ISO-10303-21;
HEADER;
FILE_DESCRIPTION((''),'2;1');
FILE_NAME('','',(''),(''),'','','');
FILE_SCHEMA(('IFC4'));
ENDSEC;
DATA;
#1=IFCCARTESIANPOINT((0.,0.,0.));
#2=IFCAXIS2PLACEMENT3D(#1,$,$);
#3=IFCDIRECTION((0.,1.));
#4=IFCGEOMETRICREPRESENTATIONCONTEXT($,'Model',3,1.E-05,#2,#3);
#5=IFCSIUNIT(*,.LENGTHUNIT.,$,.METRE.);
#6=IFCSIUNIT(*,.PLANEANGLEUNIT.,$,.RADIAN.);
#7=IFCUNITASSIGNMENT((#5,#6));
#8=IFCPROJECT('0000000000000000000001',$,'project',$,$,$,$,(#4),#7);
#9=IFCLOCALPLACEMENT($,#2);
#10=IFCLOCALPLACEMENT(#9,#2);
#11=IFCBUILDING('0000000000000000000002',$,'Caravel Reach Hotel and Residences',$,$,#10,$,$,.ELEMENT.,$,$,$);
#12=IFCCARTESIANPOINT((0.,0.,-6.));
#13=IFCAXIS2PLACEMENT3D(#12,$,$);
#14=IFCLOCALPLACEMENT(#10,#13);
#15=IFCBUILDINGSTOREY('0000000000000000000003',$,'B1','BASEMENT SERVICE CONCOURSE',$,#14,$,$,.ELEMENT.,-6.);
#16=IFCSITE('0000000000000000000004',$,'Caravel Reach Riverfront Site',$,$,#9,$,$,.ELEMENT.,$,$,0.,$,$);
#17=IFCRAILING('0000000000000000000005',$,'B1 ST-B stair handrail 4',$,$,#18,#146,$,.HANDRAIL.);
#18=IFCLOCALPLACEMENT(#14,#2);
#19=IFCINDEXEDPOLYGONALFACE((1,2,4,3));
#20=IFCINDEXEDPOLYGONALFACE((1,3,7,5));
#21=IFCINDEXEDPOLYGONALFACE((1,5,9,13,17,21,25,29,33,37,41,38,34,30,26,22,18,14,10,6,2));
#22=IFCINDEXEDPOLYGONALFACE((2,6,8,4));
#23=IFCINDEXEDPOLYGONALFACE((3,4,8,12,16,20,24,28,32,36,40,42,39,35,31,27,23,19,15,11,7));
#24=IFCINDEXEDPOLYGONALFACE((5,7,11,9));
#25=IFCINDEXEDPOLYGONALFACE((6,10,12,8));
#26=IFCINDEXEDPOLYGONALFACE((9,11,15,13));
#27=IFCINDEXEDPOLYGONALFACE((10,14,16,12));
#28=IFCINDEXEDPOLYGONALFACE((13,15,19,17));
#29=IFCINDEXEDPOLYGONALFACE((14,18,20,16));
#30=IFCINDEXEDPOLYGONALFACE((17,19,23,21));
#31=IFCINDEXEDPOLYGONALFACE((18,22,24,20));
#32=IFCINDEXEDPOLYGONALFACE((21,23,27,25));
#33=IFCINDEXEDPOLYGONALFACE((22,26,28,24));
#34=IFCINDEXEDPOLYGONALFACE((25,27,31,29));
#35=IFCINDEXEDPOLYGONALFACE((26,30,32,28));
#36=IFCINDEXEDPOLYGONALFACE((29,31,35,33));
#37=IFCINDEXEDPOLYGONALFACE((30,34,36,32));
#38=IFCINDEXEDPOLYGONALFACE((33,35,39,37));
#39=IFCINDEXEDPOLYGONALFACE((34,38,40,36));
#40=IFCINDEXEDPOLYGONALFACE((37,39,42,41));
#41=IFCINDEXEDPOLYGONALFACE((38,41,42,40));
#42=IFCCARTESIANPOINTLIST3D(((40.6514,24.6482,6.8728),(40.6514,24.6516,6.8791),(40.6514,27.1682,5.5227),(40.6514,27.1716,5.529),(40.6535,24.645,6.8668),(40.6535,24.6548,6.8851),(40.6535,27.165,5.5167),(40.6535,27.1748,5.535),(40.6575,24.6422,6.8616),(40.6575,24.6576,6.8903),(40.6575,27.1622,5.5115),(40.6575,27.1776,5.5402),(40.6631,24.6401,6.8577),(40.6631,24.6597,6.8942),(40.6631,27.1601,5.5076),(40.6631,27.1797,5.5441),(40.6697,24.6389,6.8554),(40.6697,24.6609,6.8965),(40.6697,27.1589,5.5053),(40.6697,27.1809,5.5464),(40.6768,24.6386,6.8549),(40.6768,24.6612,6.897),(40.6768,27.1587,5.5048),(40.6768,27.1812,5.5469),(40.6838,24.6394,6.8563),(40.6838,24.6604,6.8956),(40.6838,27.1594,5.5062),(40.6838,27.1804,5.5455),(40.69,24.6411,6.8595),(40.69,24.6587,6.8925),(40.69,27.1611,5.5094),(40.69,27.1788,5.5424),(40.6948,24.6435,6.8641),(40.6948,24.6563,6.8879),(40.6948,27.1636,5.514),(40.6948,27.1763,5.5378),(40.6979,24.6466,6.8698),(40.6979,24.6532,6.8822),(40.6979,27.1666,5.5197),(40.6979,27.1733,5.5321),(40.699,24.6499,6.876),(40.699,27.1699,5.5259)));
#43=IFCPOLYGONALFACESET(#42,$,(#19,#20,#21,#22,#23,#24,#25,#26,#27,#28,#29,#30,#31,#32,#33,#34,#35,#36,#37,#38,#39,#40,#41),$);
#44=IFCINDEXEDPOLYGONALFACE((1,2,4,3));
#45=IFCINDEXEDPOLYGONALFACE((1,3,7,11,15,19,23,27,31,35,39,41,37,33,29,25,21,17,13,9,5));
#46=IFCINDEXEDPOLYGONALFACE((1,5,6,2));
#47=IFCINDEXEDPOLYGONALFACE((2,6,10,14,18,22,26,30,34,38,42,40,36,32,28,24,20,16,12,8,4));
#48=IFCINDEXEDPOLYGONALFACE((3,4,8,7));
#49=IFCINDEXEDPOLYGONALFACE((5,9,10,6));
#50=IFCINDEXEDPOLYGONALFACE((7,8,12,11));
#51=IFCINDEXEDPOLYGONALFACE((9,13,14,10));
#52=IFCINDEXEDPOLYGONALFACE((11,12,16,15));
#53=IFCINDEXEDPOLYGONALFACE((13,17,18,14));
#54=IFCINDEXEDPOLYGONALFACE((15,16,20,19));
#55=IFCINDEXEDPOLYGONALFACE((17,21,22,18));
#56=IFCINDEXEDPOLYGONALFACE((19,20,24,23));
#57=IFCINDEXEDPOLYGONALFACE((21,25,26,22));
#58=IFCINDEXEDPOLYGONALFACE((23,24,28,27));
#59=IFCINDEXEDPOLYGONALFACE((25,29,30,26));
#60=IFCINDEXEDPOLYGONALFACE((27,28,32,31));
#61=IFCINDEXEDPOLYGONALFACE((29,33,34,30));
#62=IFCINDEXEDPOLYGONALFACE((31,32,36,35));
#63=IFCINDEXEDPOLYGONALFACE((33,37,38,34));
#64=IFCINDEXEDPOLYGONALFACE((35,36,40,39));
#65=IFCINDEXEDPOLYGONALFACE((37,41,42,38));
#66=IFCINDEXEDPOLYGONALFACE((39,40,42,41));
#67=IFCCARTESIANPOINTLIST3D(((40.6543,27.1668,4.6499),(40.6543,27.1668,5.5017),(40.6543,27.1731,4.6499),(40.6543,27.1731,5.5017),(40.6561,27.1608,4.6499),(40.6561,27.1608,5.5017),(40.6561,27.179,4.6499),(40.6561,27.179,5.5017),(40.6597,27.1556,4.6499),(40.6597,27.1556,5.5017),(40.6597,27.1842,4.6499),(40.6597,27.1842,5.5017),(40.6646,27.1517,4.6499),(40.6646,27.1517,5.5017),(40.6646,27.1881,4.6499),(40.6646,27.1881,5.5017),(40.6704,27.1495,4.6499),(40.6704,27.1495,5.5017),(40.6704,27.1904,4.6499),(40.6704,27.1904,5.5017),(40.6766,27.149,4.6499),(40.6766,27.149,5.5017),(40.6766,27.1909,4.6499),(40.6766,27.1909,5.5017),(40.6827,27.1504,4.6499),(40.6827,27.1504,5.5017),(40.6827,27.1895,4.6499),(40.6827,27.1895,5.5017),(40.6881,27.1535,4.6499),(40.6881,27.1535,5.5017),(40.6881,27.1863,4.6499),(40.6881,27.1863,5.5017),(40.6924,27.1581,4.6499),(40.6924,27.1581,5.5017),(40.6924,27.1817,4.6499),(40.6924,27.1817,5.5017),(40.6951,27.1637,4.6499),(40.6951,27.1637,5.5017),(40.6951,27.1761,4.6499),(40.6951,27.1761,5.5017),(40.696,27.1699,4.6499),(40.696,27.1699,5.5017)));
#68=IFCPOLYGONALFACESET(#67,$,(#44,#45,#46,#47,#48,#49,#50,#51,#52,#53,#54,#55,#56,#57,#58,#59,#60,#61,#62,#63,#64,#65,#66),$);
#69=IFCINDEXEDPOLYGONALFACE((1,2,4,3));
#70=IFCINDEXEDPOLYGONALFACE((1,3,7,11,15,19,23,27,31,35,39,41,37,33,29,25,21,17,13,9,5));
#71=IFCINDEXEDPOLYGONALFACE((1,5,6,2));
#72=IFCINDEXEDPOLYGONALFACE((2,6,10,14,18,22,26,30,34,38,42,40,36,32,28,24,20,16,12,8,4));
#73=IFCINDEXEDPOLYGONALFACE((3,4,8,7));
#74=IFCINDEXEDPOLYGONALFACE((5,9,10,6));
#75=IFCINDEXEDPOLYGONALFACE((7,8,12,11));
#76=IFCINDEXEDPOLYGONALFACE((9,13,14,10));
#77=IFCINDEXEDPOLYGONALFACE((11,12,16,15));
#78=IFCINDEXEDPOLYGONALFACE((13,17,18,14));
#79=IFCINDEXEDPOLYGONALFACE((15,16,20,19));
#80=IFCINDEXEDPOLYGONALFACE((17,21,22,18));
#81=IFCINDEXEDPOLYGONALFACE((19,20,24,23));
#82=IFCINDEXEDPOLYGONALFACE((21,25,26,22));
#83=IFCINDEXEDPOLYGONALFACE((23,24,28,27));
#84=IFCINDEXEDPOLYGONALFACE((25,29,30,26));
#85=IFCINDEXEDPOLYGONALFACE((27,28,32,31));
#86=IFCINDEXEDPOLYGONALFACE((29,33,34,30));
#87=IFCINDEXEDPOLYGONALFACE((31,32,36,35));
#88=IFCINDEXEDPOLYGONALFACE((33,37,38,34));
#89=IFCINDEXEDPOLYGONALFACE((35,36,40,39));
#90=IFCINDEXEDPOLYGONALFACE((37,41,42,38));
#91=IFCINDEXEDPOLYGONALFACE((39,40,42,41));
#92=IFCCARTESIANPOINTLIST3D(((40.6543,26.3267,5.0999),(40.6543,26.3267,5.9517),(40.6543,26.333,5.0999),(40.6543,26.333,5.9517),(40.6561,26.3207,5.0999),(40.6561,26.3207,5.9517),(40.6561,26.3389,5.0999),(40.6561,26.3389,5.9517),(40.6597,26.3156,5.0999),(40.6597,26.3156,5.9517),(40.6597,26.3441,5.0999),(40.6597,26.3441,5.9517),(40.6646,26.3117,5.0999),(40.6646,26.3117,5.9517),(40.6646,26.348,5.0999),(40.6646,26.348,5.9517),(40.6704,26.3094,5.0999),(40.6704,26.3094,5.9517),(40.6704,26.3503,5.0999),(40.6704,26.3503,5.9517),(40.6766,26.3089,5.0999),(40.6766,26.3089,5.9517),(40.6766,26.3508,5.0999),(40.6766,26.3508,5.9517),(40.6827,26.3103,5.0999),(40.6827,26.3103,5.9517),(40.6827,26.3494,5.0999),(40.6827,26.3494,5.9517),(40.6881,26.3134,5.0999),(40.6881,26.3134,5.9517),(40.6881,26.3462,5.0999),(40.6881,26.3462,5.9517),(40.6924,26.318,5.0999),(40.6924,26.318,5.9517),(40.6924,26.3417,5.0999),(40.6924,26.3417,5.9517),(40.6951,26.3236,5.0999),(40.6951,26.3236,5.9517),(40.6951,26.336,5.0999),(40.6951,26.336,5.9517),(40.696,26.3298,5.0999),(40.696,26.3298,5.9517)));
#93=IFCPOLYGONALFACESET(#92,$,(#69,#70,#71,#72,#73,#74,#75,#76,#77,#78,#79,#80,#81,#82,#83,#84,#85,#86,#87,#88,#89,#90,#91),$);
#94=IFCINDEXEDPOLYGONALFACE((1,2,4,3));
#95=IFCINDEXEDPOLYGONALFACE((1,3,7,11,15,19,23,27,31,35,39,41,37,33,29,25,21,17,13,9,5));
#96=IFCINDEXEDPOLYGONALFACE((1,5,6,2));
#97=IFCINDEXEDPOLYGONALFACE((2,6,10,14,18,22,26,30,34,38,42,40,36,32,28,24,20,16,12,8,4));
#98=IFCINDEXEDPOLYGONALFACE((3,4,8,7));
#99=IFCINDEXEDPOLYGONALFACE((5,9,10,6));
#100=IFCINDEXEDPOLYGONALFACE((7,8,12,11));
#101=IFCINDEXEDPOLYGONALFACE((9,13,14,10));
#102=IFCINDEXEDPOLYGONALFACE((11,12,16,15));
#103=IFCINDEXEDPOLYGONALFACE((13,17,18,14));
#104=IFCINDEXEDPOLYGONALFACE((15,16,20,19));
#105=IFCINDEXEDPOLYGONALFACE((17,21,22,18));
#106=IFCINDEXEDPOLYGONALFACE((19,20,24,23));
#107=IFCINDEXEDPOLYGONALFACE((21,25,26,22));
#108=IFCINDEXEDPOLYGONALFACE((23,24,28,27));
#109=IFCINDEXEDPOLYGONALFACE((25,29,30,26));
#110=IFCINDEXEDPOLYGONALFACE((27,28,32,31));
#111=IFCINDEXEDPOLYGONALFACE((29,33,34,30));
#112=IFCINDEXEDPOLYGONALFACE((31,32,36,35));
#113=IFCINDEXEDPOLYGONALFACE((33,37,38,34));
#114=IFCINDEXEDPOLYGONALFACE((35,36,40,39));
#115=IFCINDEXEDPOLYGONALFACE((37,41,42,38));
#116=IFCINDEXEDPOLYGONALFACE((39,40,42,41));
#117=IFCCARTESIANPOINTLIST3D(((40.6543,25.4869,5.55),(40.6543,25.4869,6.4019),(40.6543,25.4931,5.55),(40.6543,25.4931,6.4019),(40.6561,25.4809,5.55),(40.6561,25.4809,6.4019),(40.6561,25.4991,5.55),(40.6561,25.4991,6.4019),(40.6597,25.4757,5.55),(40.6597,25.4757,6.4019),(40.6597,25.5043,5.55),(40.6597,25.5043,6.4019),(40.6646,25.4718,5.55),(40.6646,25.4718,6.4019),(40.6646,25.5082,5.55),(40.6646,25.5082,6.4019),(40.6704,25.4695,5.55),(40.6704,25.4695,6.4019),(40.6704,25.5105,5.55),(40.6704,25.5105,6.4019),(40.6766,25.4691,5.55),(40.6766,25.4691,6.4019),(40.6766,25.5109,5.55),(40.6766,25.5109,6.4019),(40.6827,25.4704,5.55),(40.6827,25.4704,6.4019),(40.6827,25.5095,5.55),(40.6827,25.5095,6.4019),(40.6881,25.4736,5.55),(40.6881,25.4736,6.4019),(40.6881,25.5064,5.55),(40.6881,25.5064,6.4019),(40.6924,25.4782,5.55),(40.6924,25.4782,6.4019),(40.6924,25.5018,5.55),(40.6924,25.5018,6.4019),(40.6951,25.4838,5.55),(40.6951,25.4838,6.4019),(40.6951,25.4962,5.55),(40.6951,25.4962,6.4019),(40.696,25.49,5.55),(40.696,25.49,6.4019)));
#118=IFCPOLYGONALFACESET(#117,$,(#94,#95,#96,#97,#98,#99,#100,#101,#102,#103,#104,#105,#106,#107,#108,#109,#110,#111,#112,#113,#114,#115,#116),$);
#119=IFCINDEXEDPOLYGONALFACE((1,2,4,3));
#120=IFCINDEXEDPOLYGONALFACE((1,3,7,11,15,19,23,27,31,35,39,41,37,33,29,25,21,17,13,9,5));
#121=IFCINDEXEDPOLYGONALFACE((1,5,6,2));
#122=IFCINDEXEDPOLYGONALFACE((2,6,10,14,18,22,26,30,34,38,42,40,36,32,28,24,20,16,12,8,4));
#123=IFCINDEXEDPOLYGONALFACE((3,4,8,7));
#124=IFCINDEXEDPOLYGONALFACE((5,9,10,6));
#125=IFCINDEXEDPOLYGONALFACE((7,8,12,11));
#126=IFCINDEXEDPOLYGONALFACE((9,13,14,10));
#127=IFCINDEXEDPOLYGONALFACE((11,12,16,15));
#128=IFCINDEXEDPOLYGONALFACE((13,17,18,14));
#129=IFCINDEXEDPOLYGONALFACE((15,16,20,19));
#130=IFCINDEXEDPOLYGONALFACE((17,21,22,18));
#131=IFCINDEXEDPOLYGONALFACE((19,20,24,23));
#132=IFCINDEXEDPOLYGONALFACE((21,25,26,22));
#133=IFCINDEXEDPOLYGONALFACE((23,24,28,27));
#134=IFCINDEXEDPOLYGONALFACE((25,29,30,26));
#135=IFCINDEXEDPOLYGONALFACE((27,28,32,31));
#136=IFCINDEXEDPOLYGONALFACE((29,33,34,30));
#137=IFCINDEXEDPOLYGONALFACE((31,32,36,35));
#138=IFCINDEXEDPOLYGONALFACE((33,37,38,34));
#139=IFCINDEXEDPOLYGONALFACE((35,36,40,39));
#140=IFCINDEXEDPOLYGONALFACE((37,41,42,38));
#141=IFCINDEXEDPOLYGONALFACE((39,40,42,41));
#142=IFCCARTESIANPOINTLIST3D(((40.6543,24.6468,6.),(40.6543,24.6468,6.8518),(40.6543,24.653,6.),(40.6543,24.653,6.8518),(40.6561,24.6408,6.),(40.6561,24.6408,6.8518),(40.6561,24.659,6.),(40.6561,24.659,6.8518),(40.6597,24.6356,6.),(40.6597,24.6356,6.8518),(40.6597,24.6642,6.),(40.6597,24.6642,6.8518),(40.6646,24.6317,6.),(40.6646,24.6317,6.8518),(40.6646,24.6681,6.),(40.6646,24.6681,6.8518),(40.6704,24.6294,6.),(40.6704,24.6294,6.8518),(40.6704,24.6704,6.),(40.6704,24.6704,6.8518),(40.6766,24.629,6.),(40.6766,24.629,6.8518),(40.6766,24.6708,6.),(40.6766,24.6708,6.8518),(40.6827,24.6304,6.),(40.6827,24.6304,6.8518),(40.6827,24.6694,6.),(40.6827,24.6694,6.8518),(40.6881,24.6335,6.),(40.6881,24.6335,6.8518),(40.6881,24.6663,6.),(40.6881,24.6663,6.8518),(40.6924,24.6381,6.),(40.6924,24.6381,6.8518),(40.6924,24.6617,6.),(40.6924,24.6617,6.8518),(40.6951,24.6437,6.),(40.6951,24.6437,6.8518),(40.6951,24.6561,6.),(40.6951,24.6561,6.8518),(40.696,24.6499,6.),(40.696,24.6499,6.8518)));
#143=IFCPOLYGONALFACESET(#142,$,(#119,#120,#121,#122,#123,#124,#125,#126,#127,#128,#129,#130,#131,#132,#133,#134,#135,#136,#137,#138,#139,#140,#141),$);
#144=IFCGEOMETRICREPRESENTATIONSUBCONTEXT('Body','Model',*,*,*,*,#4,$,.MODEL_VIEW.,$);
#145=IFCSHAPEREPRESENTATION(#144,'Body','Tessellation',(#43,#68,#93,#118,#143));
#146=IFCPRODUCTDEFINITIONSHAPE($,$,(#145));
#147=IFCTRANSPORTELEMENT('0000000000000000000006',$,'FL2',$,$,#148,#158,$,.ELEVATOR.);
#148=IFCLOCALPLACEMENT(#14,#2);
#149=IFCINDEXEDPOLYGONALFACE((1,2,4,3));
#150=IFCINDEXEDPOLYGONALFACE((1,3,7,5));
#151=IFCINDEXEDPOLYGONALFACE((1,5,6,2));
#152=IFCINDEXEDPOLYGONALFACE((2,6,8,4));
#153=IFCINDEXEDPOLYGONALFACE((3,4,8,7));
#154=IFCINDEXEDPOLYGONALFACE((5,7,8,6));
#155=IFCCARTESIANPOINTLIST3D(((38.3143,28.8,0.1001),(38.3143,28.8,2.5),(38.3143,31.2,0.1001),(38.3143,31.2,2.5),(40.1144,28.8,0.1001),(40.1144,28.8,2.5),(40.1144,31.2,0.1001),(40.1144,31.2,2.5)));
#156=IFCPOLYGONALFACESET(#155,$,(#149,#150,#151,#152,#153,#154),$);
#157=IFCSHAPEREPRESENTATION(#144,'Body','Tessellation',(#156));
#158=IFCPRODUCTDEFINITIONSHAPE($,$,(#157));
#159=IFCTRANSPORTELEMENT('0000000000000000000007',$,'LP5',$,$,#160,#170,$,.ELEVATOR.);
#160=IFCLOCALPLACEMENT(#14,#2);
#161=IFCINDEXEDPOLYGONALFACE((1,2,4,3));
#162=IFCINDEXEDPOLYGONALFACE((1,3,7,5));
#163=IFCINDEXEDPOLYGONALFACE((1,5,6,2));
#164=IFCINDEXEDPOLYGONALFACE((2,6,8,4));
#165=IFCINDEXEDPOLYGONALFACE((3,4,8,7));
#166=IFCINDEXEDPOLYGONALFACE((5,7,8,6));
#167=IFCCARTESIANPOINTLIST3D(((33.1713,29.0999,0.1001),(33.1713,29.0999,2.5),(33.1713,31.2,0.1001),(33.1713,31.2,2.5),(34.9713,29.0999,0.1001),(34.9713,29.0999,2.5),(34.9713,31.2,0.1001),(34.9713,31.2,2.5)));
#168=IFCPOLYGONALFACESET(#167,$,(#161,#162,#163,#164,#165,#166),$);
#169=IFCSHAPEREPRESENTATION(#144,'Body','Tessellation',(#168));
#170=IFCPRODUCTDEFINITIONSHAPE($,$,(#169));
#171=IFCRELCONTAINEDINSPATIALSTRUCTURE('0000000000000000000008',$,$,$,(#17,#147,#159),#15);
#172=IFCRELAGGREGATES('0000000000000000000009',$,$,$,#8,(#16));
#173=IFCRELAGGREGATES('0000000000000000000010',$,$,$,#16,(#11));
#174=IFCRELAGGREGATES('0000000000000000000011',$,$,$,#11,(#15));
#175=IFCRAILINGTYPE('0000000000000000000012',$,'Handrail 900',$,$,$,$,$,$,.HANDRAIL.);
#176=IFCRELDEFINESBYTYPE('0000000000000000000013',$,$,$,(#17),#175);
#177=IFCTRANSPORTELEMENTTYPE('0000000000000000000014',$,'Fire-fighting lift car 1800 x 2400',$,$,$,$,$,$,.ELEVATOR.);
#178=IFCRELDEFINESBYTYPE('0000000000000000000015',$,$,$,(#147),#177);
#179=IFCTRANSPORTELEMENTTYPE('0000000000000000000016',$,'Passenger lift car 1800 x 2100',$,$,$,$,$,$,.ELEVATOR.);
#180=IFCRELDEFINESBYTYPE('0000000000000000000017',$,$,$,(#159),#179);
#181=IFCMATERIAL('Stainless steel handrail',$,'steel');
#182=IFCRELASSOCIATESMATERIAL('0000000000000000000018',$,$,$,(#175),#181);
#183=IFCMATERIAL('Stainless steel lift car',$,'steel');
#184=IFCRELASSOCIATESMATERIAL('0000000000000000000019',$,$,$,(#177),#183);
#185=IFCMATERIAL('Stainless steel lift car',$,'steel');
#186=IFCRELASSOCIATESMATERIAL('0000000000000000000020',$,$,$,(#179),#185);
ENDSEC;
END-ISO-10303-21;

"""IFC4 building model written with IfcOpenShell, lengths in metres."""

from ifc_helpers import new_model, si_unit, direction, frame, origin, origin_2d, place, context, subcontext, project, spatial, rectangle, circle, extrude, material, type_object, element, save


model = new_model("IFC4")

# Units and contexts
model_context = context("Model", 3, precision=1e-05, world=origin(), true_north=direction((0.0, 1.0)))
body_context = subcontext(model_context, "Body", "Model", "MODEL_VIEW")
ifc_project = project(units=[si_unit("LENGTHUNIT", "METRE"), si_unit("PLANEANGLEUNIT", "RADIAN")], contexts=[model_context])

# Site, building, storey
site_placement = place(None, origin())
site = spatial("IfcSite", under=ifc_project, at=site_placement, Name="Caravel Reach Riverfront Site", CompositionType="ELEMENT", RefElevation=0.0)
building_placement = place(site_placement, origin())
building = spatial("IfcBuilding", under=site, at=building_placement, Name="Caravel Reach Hotel and Residences", CompositionType="ELEMENT")
storey_placement = place(building_placement, frame((0.0, 0.0, -6.0)))
storey = spatial("IfcBuildingStorey", under=building, at=storey_placement, Name="B1", Description="BASEMENT SERVICE CONCOURSE", CompositionType="ELEMENT", Elevation=-6.0)

# Railing
ifc_material_1 = material(Name="Stainless steel handrail", Category="steel")
railing_type_1 = type_object("IfcRailingType", Name="Handrail 900", PredefinedType="HANDRAIL", material=ifc_material_1)
for number, where, name in (
    (1, (40.675, 27.1699, 4.6499), "B1 ST-B stair handrail 4"),
):
    element("IfcRailing", number, at=place(storey_placement, frame(where)), inside=storey, type_object=railing_type_1, Name=name, PredefinedType="HANDRAIL", context=body_context, shape_type="SweptSolid", body=[
        extrude(circle(Radius=0.0239, at=origin_2d()), frame((0.0, 0.0, 0.876), z_axis=(0.0, -0.881467, 0.472245), x_axis=(1.0, 0.0, 0.0)), (0.0, 0.0, 1.0), 2.8589),
        extrude(circle(Radius=0.021, at=origin_2d()), origin(), (0.0, 0.0, 1.0), 0.8518),
        extrude(circle(Radius=0.021, at=origin_2d()), frame((0.0, -0.8401, 0.45)), (0.0, 0.0, 1.0), 0.8518),
        extrude(circle(Radius=0.021, at=origin_2d()), frame((0.0, -1.6799, 0.9001)), (0.0, 0.0, 1.0), 0.8518),
        extrude(circle(Radius=0.021, at=origin_2d()), frame((0.0, -2.52, 1.3501)), (0.0, 0.0, 1.0), 0.8518),
    ])

# Transport elements
ifc_material_2 = material(Name="Stainless steel lift car", Category="steel")
transport_element_type_1 = type_object("IfcTransportElementType", Name="Fire-fighting lift car 1800 x 2400", PredefinedType="ELEVATOR", material=ifc_material_2)
transport_element_1_placement = place(storey_placement, frame((39.2144, 30.0, 0.1001), z_axis=(0.0, 0.0, 1.0), x_axis=(1.0, 0.0, 0.0)))
element("IfcTransportElement", 2, at=transport_element_1_placement, inside=storey, type_object=transport_element_type_1, Name="FL2", PredefinedType="ELEVATOR", context=body_context, shape_type="SweptSolid", body=[
    extrude(rectangle(XDim=1.8, YDim=2.3999, at=origin_2d()), origin(), (0.0, 0.0, 1.0), 2.3999),
])
ifc_material_3 = material(Name="Stainless steel lift car", Category="steel")
transport_element_type_2 = type_object("IfcTransportElementType", Name="Passenger lift car 1800 x 2100", PredefinedType="ELEVATOR", material=ifc_material_3)
transport_element_2_placement = place(storey_placement, frame((34.0713, 30.1499, 0.1001), z_axis=(0.0, 0.0, 1.0), x_axis=(1.0, 0.0, 0.0)))
element("IfcTransportElement", 3, at=transport_element_2_placement, inside=storey, type_object=transport_element_type_2, Name="LP5", PredefinedType="ELEVATOR", context=body_context, shape_type="SweptSolid", body=[
    extrude(rectangle(XDim=1.8, YDim=2.1001, at=origin_2d()), origin(), (0.0, 0.0, 1.0), 2.3999),
])

save(model, "model.ifc")
